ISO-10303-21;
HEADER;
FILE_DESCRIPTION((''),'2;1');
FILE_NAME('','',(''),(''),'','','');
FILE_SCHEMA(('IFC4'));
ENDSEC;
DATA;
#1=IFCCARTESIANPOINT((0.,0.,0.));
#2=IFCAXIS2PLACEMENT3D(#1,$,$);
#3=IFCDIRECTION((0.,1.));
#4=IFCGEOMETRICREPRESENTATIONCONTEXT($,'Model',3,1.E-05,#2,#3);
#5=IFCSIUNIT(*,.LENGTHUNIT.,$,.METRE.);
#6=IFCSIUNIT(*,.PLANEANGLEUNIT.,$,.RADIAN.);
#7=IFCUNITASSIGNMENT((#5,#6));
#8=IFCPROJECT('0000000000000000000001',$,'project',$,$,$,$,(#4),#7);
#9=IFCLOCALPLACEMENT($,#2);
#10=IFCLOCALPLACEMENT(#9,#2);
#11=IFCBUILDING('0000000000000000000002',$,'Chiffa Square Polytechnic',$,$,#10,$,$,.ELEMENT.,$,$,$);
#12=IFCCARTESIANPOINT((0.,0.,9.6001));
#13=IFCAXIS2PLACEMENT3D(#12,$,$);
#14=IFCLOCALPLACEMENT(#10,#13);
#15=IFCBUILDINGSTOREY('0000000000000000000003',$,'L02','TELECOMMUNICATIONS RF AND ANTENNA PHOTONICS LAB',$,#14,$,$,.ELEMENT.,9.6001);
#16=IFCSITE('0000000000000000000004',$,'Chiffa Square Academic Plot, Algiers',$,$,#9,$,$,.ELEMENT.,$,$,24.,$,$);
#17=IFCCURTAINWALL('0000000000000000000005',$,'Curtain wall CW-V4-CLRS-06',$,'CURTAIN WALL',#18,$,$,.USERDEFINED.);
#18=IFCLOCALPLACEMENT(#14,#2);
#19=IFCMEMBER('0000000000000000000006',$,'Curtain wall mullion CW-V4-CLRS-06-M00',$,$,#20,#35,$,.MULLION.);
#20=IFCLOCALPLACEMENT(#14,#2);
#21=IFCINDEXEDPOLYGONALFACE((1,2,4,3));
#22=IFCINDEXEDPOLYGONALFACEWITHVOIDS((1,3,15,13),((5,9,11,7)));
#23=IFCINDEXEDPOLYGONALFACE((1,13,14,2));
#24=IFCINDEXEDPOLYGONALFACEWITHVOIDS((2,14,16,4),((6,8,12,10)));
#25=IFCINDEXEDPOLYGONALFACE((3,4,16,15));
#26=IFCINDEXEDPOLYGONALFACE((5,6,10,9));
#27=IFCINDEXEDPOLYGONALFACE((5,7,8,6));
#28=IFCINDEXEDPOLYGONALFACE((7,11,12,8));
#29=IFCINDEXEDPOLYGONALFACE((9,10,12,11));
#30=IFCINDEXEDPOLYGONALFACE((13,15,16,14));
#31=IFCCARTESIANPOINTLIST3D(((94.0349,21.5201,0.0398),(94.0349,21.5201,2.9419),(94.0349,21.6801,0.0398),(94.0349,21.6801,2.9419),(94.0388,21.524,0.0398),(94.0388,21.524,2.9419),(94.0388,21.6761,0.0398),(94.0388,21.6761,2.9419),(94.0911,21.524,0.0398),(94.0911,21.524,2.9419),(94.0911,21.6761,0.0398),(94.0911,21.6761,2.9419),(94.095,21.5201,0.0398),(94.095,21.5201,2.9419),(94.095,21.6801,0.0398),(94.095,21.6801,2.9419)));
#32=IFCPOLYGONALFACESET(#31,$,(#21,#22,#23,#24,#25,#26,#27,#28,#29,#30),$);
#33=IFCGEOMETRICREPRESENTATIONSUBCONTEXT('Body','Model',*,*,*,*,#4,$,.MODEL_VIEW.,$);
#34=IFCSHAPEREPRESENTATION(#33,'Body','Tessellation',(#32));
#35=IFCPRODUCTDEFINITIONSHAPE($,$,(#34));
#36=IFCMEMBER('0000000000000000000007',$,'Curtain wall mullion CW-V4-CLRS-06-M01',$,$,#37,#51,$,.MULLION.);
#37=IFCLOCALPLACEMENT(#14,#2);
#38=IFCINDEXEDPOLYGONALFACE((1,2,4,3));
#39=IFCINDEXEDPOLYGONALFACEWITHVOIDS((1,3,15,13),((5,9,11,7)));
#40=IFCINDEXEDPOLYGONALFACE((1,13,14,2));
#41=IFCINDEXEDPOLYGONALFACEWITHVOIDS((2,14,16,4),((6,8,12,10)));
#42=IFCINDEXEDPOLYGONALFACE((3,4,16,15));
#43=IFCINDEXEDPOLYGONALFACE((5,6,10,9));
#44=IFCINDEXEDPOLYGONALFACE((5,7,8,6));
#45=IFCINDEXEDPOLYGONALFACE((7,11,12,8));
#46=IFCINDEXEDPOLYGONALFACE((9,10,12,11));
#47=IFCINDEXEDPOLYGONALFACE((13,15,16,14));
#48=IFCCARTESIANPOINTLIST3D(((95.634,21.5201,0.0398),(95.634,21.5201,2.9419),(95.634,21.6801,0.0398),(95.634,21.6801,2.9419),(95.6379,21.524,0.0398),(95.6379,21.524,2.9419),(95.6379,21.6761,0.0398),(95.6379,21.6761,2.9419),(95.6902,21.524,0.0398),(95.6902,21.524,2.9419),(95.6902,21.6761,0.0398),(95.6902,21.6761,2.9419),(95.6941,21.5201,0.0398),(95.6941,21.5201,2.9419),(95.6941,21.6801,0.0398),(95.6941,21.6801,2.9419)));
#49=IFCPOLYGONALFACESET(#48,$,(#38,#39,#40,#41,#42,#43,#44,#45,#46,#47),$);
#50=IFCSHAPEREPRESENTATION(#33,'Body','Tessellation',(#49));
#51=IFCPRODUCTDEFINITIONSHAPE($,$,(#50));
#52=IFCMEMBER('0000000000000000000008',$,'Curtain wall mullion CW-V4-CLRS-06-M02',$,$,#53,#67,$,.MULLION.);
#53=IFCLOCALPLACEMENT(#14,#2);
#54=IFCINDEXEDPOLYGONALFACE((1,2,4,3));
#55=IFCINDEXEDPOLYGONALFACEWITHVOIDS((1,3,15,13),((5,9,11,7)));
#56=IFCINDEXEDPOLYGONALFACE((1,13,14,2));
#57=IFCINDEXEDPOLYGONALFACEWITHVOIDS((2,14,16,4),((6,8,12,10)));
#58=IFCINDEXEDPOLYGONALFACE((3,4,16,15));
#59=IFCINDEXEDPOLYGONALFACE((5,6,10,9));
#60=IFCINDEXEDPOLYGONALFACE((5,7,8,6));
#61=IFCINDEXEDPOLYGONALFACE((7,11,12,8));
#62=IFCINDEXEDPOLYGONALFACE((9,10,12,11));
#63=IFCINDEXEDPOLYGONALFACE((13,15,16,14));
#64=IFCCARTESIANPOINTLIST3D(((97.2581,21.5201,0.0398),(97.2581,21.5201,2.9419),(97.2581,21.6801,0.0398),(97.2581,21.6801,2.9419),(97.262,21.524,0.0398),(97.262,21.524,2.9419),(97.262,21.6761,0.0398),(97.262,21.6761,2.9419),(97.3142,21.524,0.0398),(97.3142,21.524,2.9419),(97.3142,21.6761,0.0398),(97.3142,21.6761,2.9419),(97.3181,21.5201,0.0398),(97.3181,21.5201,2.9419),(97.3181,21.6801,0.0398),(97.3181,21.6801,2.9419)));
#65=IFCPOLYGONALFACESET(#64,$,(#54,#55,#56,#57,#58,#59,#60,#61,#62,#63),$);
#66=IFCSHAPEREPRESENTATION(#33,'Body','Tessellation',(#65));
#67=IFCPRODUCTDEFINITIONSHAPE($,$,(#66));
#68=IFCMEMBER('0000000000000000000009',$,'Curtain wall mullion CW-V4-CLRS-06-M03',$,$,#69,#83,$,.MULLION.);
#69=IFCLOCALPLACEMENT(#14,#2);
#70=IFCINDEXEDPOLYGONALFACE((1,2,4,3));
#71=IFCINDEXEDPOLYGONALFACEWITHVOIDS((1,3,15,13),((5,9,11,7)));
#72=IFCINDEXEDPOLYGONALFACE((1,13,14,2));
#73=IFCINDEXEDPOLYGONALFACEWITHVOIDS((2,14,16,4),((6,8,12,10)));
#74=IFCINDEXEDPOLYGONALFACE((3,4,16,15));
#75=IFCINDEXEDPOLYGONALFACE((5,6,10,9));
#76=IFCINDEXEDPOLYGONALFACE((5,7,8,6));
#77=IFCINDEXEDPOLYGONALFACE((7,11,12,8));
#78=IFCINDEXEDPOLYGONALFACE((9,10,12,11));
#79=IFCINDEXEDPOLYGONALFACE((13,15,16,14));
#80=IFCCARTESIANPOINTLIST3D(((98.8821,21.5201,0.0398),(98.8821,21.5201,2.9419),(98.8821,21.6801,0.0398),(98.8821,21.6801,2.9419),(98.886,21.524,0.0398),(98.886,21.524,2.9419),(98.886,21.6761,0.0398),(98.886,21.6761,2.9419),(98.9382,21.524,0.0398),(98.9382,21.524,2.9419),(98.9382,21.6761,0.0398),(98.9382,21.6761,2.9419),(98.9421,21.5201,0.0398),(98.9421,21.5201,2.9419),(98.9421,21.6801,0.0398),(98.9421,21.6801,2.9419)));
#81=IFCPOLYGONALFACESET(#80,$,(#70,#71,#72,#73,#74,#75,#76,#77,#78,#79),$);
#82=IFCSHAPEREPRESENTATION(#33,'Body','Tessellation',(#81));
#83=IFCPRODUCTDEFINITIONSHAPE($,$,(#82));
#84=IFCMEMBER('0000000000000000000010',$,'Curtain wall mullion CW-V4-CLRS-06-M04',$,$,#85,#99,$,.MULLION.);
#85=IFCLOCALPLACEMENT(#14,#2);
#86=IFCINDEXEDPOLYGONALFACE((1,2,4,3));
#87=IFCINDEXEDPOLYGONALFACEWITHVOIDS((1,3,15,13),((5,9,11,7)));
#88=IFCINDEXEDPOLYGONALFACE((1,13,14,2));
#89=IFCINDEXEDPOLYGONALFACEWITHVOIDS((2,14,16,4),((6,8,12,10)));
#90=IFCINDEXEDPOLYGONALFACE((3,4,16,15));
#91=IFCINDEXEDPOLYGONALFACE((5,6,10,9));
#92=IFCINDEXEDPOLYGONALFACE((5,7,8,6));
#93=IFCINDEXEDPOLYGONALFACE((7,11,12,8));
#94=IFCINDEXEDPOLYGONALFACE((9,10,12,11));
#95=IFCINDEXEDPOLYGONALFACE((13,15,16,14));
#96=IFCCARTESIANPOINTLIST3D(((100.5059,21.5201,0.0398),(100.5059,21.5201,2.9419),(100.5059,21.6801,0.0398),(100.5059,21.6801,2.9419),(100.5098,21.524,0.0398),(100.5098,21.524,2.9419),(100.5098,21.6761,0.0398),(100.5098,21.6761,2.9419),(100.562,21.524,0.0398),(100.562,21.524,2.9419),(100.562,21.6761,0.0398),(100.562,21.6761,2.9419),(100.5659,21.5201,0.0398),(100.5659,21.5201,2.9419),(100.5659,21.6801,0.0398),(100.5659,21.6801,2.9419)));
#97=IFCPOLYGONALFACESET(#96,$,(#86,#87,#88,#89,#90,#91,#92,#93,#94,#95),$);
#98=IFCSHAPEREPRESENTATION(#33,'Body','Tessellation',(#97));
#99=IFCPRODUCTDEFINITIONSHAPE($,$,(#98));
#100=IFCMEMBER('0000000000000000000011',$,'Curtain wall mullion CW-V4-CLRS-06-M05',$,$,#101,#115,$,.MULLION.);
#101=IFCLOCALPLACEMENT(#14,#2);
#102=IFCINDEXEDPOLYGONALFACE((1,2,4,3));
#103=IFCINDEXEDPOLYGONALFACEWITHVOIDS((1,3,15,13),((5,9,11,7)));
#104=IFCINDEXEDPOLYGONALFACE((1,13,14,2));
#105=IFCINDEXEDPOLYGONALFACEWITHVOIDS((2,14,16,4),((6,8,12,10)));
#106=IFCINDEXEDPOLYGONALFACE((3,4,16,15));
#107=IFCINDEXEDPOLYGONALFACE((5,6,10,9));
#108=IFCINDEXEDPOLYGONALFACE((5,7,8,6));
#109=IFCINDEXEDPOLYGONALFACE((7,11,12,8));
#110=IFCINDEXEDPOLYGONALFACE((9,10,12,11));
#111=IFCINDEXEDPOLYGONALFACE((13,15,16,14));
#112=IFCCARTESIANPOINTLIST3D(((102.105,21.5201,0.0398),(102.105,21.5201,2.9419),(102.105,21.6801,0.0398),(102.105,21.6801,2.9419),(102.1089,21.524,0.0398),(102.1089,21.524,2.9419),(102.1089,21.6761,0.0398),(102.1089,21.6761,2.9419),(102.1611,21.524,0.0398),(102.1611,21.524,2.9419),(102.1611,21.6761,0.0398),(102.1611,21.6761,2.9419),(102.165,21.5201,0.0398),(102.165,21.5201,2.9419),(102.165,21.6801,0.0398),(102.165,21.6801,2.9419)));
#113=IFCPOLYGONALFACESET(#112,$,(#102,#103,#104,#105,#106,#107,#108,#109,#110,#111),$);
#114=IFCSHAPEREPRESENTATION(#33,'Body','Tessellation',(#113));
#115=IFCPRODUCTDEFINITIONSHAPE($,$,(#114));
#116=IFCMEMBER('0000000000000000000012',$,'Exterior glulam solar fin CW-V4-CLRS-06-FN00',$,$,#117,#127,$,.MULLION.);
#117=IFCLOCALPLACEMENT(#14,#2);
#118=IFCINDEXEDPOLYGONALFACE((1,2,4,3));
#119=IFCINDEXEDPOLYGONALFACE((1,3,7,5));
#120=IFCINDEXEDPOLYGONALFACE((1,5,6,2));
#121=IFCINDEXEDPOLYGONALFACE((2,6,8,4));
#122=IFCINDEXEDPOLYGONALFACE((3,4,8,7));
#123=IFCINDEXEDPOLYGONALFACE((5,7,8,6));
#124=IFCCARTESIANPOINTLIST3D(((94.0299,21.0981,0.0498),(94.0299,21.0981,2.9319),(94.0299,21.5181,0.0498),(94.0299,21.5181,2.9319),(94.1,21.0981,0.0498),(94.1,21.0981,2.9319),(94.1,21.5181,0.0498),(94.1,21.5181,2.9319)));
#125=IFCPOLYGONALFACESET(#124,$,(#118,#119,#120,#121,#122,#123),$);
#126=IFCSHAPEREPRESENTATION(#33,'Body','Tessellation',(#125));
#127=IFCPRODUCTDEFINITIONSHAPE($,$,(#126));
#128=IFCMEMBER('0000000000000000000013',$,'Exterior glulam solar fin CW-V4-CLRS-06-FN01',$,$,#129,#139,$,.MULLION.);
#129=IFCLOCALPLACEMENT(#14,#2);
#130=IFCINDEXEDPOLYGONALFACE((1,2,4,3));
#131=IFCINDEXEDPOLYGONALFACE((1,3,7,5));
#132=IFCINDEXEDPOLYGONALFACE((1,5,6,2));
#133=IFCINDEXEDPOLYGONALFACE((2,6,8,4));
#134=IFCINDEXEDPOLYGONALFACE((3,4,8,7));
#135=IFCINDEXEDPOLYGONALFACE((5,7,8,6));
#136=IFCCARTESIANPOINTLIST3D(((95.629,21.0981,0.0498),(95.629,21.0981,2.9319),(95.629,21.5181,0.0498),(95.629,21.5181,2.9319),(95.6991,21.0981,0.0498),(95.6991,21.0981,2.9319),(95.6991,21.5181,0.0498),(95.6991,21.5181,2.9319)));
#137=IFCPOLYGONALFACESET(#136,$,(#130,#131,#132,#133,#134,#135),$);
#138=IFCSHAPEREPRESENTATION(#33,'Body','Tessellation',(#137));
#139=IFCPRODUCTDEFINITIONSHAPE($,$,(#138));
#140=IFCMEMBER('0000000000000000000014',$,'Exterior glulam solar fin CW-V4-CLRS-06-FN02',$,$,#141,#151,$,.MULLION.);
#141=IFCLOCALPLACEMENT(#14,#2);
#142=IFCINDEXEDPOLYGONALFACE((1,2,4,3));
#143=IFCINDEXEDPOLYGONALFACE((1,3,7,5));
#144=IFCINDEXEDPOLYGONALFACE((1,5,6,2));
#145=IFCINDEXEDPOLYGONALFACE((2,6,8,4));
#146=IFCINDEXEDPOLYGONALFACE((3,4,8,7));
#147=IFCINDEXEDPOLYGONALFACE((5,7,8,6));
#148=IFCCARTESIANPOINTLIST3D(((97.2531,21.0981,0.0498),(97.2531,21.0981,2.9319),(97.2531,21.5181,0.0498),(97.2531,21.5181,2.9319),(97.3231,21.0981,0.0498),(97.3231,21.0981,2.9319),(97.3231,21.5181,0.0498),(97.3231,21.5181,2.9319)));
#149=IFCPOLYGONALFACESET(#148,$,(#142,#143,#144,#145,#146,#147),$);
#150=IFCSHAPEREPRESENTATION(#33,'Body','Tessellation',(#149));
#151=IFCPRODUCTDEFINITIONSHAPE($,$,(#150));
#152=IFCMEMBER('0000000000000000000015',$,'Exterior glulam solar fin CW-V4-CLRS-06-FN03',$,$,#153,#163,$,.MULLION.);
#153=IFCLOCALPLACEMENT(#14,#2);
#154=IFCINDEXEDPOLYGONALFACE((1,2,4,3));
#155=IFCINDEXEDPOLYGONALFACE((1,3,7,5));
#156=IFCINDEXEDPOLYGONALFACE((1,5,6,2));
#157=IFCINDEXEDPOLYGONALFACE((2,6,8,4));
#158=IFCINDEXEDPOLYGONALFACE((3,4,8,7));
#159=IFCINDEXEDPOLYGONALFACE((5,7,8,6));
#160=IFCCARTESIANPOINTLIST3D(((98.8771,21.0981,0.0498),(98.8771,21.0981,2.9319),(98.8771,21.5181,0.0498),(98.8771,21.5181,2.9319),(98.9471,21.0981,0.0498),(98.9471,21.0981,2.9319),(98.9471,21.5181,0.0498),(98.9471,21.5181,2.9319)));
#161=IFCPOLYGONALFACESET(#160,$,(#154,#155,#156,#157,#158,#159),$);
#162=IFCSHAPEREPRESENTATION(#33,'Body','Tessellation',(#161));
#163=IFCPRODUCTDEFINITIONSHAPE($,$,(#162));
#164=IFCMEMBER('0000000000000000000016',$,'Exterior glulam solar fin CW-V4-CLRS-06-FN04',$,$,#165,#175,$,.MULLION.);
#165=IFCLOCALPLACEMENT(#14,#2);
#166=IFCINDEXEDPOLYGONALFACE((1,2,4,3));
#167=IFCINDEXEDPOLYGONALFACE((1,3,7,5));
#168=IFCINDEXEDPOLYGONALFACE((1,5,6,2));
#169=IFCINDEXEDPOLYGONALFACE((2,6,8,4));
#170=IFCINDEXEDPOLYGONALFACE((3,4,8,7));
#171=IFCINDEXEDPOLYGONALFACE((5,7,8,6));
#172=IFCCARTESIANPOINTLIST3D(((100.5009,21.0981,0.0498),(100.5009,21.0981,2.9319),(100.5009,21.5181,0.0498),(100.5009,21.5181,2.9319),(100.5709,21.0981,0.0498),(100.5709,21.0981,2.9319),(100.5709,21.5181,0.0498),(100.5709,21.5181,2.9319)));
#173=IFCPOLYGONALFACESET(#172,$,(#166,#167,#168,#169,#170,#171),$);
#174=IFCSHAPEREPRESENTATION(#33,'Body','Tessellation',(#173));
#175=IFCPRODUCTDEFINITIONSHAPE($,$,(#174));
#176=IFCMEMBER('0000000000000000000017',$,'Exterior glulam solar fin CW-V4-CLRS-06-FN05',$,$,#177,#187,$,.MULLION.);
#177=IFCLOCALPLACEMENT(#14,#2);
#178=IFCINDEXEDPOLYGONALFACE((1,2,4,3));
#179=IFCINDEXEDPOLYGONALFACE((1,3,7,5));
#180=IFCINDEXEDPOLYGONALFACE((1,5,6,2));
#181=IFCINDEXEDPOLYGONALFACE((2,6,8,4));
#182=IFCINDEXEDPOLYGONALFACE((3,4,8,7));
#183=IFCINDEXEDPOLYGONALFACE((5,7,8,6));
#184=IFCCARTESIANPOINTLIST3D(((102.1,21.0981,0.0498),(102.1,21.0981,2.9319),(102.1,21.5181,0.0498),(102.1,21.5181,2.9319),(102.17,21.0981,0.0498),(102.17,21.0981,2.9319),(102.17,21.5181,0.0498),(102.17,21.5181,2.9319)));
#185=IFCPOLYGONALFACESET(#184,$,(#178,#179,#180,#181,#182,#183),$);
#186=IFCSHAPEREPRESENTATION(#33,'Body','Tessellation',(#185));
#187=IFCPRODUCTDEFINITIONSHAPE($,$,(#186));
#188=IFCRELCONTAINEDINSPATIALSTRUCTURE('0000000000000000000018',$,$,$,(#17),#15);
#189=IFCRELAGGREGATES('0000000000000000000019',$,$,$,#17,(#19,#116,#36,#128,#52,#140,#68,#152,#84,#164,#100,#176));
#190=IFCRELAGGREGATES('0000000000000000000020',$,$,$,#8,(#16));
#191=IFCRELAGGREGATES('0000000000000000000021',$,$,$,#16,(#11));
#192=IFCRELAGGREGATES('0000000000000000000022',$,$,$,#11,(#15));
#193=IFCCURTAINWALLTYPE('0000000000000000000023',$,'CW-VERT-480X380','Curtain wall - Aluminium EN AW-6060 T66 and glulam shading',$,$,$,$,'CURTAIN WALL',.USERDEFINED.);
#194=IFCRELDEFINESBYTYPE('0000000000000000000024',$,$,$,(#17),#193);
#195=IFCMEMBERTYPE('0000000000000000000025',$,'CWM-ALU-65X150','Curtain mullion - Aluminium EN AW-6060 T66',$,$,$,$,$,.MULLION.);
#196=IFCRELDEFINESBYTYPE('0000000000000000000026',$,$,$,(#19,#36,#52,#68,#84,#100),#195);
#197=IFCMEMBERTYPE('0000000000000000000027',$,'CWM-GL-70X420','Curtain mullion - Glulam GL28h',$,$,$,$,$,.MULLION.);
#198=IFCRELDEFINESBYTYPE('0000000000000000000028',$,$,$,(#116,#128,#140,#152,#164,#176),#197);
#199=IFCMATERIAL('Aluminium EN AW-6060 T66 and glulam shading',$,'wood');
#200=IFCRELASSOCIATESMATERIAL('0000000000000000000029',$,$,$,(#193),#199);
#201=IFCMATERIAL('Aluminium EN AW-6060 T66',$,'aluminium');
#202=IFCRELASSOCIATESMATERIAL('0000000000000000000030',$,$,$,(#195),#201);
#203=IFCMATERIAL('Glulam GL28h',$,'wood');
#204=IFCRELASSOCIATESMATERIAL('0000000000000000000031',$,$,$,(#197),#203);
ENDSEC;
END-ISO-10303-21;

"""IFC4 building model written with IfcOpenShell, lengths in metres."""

from ifc_helpers import new_model, si_unit, direction, frame, origin, origin_2d, place, context, subcontext, project, spatial, rectangle, hollow_rectangle, extrude, material, material_profile, profile_set, type_object, element, aggregate, save


model = new_model("IFC4")

# Units and contexts
model_context = context("Model", 3, precision=1e-05, world=origin(), true_north=direction((0.0, 1.0)))
body_context = subcontext(model_context, "Body", "Model", "MODEL_VIEW")
ifc_project = project(units=[si_unit("LENGTHUNIT", "METRE"), si_unit("PLANEANGLEUNIT", "RADIAN")], contexts=[model_context])

# Site, building, storey
site_placement = place(None, origin())
site = spatial("IfcSite", under=ifc_project, at=site_placement, Name="Chiffa Square Academic Plot, Algiers", CompositionType="ELEMENT", RefElevation=24.0)
building_placement = place(site_placement, origin())
building = spatial("IfcBuilding", under=site, at=building_placement, Name="Chiffa Square Polytechnic", CompositionType="ELEMENT")
storey_placement = place(building_placement, frame((0.0, 0.0, 9.6001)))
storey = spatial("IfcBuildingStorey", under=building, at=storey_placement, Name="L02", Description="TELECOMMUNICATIONS RF AND ANTENNA PHOTONICS LAB", CompositionType="ELEMENT", Elevation=9.6001)

# Curtain wall, members
ifc_material_1 = material(Name="Aluminium EN AW-6060 T66 and glulam shading", Category="wood")
curtain_wall_type = type_object("IfcCurtainWallType", Name="CW-VERT-480X380", Description="Curtain wall - Aluminium EN AW-6060 T66 and glulam shading", ElementType="CURTAIN WALL", PredefinedType="USERDEFINED", material=ifc_material_1)
curtain_wall_placement = place(storey_placement, origin())
curtain_wall = element("IfcCurtainWall", 1, at=curtain_wall_placement, inside=storey, type_object=curtain_wall_type, Name="Curtain wall CW-V4-CLRS-06", ObjectType="CURTAIN WALL", PredefinedType="USERDEFINED")
ifc_material_2 = material(Name="Aluminium EN AW-6060 T66", Category="aluminium")
ifc_material_profile_1 = material_profile(ifc_material_2, hollow_rectangle(XDim=0.0601, YDim=0.1599, WallThickness=0.0039, at=origin_2d()), Name="ALU 60x160x4")
ifc_profile_set_1 = profile_set([ifc_material_profile_1], Name="Aluminium EN AW-6060 T66")
member_type_1 = type_object("IfcMemberType", Name="CWM-ALU-65X150", Description="Curtain mullion - Aluminium EN AW-6060 T66", PredefinedType="MULLION", material=ifc_profile_set_1)
member_1_placement = place(storey_placement, frame((94.0649, 21.6001, 0.0398), z_axis=(0.0, 0.0, 1.0), x_axis=(1.0, 0.0, 0.0)))
member_1 = element("IfcMember", 2, at=member_1_placement, type_object=member_type_1, Name="Curtain wall mullion CW-V4-CLRS-06-M00", PredefinedType="MULLION", context=body_context, shape_type="SweptSolid", body=[
    extrude(hollow_rectangle(XDim=0.0601, YDim=0.1599, WallThickness=0.0039, at=origin_2d()), origin(), (0.0, 0.0, 1.0), 2.9021),
])
member_2_placement = place(storey_placement, frame((95.6641, 21.6001, 0.0398), z_axis=(0.0, 0.0, 1.0), x_axis=(1.0, 0.0, 0.0)))
member_2 = element("IfcMember", 3, at=member_2_placement, type_object=member_type_1, Name="Curtain wall mullion CW-V4-CLRS-06-M01", PredefinedType="MULLION", context=body_context, shape_type="SweptSolid", body=[
    extrude(hollow_rectangle(XDim=0.0601, YDim=0.1599, WallThickness=0.0039, at=origin_2d()), origin(), (0.0, 0.0, 1.0), 2.9021),
])
member_3_placement = place(storey_placement, frame((97.2881, 21.6001, 0.0398), z_axis=(0.0, 0.0, 1.0), x_axis=(1.0, 0.0, 0.0)))
member_3 = element("IfcMember", 4, at=member_3_placement, type_object=member_type_1, Name="Curtain wall mullion CW-V4-CLRS-06-M02", PredefinedType="MULLION", context=body_context, shape_type="SweptSolid", body=[
    extrude(hollow_rectangle(XDim=0.0601, YDim=0.1599, WallThickness=0.0039, at=origin_2d()), origin(), (0.0, 0.0, 1.0), 2.9021),
])
member_4_placement = place(storey_placement, frame((98.9121, 21.6001, 0.0398), z_axis=(0.0, 0.0, 1.0), x_axis=(1.0, 0.0, 0.0)))
member_4 = element("IfcMember", 5, at=member_4_placement, type_object=member_type_1, Name="Curtain wall mullion CW-V4-CLRS-06-M03", PredefinedType="MULLION", context=body_context, shape_type="SweptSolid", body=[
    extrude(hollow_rectangle(XDim=0.0601, YDim=0.1599, WallThickness=0.0039, at=origin_2d()), origin(), (0.0, 0.0, 1.0), 2.9021),
])
member_5_placement = place(storey_placement, frame((100.5359, 21.6001, 0.0398), z_axis=(0.0, 0.0, 1.0), x_axis=(1.0, 0.0, 0.0)))
member_5 = element("IfcMember", 6, at=member_5_placement, type_object=member_type_1, Name="Curtain wall mullion CW-V4-CLRS-06-M04", PredefinedType="MULLION", context=body_context, shape_type="SweptSolid", body=[
    extrude(hollow_rectangle(XDim=0.0601, YDim=0.1599, WallThickness=0.0039, at=origin_2d()), origin(), (0.0, 0.0, 1.0), 2.9021),
])
member_6_placement = place(storey_placement, frame((102.135, 21.6001, 0.0398), z_axis=(0.0, 0.0, 1.0), x_axis=(1.0, 0.0, 0.0)))
member_6 = element("IfcMember", 7, at=member_6_placement, type_object=member_type_1, Name="Curtain wall mullion CW-V4-CLRS-06-M05", PredefinedType="MULLION", context=body_context, shape_type="SweptSolid", body=[
    extrude(hollow_rectangle(XDim=0.0601, YDim=0.1599, WallThickness=0.0039, at=origin_2d()), origin(), (0.0, 0.0, 1.0), 2.9021),
])
ifc_material_3 = material(Name="Glulam GL28h", Category="wood")
ifc_material_profile_2 = material_profile(ifc_material_3, rectangle(XDim=0.0701, YDim=0.4199, at=origin_2d()), Name="GL28h 70x420")
ifc_profile_set_2 = profile_set([ifc_material_profile_2], Name="Glulam GL28h")
member_type_2 = type_object("IfcMemberType", Name="CWM-GL-70X420", Description="Curtain mullion - Glulam GL28h", PredefinedType="MULLION", material=ifc_profile_set_2)
member_7_placement = place(storey_placement, frame((94.0649, 21.3081, 0.0498), z_axis=(0.0, 0.0, 1.0), x_axis=(1.0, 0.0, 0.0)))
member_7 = element("IfcMember", 8, at=member_7_placement, type_object=member_type_2, Name="Exterior glulam solar fin CW-V4-CLRS-06-FN00", PredefinedType="MULLION", context=body_context, shape_type="SweptSolid", body=[
    extrude(rectangle(XDim=0.0701, YDim=0.4199, at=origin_2d()), origin(), (0.0, 0.0, 1.0), 2.8821),
])
member_8_placement = place(storey_placement, frame((95.6641, 21.3081, 0.0498), z_axis=(0.0, 0.0, 1.0), x_axis=(1.0, 0.0, 0.0)))
member_8 = element("IfcMember", 9, at=member_8_placement, type_object=member_type_2, Name="Exterior glulam solar fin CW-V4-CLRS-06-FN01", PredefinedType="MULLION", context=body_context, shape_type="SweptSolid", body=[
    extrude(rectangle(XDim=0.0701, YDim=0.4199, at=origin_2d()), origin(), (0.0, 0.0, 1.0), 2.8821),
])
member_9_placement = place(storey_placement, frame((97.2881, 21.3081, 0.0498), z_axis=(0.0, 0.0, 1.0), x_axis=(1.0, 0.0, 0.0)))
member_9 = element("IfcMember", 10, at=member_9_placement, type_object=member_type_2, Name="Exterior glulam solar fin CW-V4-CLRS-06-FN02", PredefinedType="MULLION", context=body_context, shape_type="SweptSolid", body=[
    extrude(rectangle(XDim=0.0701, YDim=0.4199, at=origin_2d()), origin(), (0.0, 0.0, 1.0), 2.8821),
])
member_10_placement = place(storey_placement, frame((98.9121, 21.3081, 0.0498), z_axis=(0.0, 0.0, 1.0), x_axis=(1.0, 0.0, 0.0)))
member_10 = element("IfcMember", 11, at=member_10_placement, type_object=member_type_2, Name="Exterior glulam solar fin CW-V4-CLRS-06-FN03", PredefinedType="MULLION", context=body_context, shape_type="SweptSolid", body=[
    extrude(rectangle(XDim=0.0701, YDim=0.4199, at=origin_2d()), origin(), (0.0, 0.0, 1.0), 2.8821),
])
member_11_placement = place(storey_placement, frame((100.5359, 21.3081, 0.0498), z_axis=(0.0, 0.0, 1.0), x_axis=(1.0, 0.0, 0.0)))
member_11 = element("IfcMember", 12, at=member_11_placement, type_object=member_type_2, Name="Exterior glulam solar fin CW-V4-CLRS-06-FN04", PredefinedType="MULLION", context=body_context, shape_type="SweptSolid", body=[
    extrude(rectangle(XDim=0.0701, YDim=0.4199, at=origin_2d()), origin(), (0.0, 0.0, 1.0), 2.8821),
])
member_12_placement = place(storey_placement, frame((102.135, 21.3081, 0.0498), z_axis=(0.0, 0.0, 1.0), x_axis=(1.0, 0.0, 0.0)))
member_12 = element("IfcMember", 13, at=member_12_placement, type_object=member_type_2, Name="Exterior glulam solar fin CW-V4-CLRS-06-FN05", PredefinedType="MULLION", context=body_context, shape_type="SweptSolid", body=[
    extrude(rectangle(XDim=0.0701, YDim=0.4199, at=origin_2d()), origin(), (0.0, 0.0, 1.0), 2.8821),
])
aggregate(curtain_wall, [member_1, member_7, member_2, member_8, member_3, member_9, member_4, member_10, member_5, member_11, member_6, member_12])

save(model, "model.ifc")
